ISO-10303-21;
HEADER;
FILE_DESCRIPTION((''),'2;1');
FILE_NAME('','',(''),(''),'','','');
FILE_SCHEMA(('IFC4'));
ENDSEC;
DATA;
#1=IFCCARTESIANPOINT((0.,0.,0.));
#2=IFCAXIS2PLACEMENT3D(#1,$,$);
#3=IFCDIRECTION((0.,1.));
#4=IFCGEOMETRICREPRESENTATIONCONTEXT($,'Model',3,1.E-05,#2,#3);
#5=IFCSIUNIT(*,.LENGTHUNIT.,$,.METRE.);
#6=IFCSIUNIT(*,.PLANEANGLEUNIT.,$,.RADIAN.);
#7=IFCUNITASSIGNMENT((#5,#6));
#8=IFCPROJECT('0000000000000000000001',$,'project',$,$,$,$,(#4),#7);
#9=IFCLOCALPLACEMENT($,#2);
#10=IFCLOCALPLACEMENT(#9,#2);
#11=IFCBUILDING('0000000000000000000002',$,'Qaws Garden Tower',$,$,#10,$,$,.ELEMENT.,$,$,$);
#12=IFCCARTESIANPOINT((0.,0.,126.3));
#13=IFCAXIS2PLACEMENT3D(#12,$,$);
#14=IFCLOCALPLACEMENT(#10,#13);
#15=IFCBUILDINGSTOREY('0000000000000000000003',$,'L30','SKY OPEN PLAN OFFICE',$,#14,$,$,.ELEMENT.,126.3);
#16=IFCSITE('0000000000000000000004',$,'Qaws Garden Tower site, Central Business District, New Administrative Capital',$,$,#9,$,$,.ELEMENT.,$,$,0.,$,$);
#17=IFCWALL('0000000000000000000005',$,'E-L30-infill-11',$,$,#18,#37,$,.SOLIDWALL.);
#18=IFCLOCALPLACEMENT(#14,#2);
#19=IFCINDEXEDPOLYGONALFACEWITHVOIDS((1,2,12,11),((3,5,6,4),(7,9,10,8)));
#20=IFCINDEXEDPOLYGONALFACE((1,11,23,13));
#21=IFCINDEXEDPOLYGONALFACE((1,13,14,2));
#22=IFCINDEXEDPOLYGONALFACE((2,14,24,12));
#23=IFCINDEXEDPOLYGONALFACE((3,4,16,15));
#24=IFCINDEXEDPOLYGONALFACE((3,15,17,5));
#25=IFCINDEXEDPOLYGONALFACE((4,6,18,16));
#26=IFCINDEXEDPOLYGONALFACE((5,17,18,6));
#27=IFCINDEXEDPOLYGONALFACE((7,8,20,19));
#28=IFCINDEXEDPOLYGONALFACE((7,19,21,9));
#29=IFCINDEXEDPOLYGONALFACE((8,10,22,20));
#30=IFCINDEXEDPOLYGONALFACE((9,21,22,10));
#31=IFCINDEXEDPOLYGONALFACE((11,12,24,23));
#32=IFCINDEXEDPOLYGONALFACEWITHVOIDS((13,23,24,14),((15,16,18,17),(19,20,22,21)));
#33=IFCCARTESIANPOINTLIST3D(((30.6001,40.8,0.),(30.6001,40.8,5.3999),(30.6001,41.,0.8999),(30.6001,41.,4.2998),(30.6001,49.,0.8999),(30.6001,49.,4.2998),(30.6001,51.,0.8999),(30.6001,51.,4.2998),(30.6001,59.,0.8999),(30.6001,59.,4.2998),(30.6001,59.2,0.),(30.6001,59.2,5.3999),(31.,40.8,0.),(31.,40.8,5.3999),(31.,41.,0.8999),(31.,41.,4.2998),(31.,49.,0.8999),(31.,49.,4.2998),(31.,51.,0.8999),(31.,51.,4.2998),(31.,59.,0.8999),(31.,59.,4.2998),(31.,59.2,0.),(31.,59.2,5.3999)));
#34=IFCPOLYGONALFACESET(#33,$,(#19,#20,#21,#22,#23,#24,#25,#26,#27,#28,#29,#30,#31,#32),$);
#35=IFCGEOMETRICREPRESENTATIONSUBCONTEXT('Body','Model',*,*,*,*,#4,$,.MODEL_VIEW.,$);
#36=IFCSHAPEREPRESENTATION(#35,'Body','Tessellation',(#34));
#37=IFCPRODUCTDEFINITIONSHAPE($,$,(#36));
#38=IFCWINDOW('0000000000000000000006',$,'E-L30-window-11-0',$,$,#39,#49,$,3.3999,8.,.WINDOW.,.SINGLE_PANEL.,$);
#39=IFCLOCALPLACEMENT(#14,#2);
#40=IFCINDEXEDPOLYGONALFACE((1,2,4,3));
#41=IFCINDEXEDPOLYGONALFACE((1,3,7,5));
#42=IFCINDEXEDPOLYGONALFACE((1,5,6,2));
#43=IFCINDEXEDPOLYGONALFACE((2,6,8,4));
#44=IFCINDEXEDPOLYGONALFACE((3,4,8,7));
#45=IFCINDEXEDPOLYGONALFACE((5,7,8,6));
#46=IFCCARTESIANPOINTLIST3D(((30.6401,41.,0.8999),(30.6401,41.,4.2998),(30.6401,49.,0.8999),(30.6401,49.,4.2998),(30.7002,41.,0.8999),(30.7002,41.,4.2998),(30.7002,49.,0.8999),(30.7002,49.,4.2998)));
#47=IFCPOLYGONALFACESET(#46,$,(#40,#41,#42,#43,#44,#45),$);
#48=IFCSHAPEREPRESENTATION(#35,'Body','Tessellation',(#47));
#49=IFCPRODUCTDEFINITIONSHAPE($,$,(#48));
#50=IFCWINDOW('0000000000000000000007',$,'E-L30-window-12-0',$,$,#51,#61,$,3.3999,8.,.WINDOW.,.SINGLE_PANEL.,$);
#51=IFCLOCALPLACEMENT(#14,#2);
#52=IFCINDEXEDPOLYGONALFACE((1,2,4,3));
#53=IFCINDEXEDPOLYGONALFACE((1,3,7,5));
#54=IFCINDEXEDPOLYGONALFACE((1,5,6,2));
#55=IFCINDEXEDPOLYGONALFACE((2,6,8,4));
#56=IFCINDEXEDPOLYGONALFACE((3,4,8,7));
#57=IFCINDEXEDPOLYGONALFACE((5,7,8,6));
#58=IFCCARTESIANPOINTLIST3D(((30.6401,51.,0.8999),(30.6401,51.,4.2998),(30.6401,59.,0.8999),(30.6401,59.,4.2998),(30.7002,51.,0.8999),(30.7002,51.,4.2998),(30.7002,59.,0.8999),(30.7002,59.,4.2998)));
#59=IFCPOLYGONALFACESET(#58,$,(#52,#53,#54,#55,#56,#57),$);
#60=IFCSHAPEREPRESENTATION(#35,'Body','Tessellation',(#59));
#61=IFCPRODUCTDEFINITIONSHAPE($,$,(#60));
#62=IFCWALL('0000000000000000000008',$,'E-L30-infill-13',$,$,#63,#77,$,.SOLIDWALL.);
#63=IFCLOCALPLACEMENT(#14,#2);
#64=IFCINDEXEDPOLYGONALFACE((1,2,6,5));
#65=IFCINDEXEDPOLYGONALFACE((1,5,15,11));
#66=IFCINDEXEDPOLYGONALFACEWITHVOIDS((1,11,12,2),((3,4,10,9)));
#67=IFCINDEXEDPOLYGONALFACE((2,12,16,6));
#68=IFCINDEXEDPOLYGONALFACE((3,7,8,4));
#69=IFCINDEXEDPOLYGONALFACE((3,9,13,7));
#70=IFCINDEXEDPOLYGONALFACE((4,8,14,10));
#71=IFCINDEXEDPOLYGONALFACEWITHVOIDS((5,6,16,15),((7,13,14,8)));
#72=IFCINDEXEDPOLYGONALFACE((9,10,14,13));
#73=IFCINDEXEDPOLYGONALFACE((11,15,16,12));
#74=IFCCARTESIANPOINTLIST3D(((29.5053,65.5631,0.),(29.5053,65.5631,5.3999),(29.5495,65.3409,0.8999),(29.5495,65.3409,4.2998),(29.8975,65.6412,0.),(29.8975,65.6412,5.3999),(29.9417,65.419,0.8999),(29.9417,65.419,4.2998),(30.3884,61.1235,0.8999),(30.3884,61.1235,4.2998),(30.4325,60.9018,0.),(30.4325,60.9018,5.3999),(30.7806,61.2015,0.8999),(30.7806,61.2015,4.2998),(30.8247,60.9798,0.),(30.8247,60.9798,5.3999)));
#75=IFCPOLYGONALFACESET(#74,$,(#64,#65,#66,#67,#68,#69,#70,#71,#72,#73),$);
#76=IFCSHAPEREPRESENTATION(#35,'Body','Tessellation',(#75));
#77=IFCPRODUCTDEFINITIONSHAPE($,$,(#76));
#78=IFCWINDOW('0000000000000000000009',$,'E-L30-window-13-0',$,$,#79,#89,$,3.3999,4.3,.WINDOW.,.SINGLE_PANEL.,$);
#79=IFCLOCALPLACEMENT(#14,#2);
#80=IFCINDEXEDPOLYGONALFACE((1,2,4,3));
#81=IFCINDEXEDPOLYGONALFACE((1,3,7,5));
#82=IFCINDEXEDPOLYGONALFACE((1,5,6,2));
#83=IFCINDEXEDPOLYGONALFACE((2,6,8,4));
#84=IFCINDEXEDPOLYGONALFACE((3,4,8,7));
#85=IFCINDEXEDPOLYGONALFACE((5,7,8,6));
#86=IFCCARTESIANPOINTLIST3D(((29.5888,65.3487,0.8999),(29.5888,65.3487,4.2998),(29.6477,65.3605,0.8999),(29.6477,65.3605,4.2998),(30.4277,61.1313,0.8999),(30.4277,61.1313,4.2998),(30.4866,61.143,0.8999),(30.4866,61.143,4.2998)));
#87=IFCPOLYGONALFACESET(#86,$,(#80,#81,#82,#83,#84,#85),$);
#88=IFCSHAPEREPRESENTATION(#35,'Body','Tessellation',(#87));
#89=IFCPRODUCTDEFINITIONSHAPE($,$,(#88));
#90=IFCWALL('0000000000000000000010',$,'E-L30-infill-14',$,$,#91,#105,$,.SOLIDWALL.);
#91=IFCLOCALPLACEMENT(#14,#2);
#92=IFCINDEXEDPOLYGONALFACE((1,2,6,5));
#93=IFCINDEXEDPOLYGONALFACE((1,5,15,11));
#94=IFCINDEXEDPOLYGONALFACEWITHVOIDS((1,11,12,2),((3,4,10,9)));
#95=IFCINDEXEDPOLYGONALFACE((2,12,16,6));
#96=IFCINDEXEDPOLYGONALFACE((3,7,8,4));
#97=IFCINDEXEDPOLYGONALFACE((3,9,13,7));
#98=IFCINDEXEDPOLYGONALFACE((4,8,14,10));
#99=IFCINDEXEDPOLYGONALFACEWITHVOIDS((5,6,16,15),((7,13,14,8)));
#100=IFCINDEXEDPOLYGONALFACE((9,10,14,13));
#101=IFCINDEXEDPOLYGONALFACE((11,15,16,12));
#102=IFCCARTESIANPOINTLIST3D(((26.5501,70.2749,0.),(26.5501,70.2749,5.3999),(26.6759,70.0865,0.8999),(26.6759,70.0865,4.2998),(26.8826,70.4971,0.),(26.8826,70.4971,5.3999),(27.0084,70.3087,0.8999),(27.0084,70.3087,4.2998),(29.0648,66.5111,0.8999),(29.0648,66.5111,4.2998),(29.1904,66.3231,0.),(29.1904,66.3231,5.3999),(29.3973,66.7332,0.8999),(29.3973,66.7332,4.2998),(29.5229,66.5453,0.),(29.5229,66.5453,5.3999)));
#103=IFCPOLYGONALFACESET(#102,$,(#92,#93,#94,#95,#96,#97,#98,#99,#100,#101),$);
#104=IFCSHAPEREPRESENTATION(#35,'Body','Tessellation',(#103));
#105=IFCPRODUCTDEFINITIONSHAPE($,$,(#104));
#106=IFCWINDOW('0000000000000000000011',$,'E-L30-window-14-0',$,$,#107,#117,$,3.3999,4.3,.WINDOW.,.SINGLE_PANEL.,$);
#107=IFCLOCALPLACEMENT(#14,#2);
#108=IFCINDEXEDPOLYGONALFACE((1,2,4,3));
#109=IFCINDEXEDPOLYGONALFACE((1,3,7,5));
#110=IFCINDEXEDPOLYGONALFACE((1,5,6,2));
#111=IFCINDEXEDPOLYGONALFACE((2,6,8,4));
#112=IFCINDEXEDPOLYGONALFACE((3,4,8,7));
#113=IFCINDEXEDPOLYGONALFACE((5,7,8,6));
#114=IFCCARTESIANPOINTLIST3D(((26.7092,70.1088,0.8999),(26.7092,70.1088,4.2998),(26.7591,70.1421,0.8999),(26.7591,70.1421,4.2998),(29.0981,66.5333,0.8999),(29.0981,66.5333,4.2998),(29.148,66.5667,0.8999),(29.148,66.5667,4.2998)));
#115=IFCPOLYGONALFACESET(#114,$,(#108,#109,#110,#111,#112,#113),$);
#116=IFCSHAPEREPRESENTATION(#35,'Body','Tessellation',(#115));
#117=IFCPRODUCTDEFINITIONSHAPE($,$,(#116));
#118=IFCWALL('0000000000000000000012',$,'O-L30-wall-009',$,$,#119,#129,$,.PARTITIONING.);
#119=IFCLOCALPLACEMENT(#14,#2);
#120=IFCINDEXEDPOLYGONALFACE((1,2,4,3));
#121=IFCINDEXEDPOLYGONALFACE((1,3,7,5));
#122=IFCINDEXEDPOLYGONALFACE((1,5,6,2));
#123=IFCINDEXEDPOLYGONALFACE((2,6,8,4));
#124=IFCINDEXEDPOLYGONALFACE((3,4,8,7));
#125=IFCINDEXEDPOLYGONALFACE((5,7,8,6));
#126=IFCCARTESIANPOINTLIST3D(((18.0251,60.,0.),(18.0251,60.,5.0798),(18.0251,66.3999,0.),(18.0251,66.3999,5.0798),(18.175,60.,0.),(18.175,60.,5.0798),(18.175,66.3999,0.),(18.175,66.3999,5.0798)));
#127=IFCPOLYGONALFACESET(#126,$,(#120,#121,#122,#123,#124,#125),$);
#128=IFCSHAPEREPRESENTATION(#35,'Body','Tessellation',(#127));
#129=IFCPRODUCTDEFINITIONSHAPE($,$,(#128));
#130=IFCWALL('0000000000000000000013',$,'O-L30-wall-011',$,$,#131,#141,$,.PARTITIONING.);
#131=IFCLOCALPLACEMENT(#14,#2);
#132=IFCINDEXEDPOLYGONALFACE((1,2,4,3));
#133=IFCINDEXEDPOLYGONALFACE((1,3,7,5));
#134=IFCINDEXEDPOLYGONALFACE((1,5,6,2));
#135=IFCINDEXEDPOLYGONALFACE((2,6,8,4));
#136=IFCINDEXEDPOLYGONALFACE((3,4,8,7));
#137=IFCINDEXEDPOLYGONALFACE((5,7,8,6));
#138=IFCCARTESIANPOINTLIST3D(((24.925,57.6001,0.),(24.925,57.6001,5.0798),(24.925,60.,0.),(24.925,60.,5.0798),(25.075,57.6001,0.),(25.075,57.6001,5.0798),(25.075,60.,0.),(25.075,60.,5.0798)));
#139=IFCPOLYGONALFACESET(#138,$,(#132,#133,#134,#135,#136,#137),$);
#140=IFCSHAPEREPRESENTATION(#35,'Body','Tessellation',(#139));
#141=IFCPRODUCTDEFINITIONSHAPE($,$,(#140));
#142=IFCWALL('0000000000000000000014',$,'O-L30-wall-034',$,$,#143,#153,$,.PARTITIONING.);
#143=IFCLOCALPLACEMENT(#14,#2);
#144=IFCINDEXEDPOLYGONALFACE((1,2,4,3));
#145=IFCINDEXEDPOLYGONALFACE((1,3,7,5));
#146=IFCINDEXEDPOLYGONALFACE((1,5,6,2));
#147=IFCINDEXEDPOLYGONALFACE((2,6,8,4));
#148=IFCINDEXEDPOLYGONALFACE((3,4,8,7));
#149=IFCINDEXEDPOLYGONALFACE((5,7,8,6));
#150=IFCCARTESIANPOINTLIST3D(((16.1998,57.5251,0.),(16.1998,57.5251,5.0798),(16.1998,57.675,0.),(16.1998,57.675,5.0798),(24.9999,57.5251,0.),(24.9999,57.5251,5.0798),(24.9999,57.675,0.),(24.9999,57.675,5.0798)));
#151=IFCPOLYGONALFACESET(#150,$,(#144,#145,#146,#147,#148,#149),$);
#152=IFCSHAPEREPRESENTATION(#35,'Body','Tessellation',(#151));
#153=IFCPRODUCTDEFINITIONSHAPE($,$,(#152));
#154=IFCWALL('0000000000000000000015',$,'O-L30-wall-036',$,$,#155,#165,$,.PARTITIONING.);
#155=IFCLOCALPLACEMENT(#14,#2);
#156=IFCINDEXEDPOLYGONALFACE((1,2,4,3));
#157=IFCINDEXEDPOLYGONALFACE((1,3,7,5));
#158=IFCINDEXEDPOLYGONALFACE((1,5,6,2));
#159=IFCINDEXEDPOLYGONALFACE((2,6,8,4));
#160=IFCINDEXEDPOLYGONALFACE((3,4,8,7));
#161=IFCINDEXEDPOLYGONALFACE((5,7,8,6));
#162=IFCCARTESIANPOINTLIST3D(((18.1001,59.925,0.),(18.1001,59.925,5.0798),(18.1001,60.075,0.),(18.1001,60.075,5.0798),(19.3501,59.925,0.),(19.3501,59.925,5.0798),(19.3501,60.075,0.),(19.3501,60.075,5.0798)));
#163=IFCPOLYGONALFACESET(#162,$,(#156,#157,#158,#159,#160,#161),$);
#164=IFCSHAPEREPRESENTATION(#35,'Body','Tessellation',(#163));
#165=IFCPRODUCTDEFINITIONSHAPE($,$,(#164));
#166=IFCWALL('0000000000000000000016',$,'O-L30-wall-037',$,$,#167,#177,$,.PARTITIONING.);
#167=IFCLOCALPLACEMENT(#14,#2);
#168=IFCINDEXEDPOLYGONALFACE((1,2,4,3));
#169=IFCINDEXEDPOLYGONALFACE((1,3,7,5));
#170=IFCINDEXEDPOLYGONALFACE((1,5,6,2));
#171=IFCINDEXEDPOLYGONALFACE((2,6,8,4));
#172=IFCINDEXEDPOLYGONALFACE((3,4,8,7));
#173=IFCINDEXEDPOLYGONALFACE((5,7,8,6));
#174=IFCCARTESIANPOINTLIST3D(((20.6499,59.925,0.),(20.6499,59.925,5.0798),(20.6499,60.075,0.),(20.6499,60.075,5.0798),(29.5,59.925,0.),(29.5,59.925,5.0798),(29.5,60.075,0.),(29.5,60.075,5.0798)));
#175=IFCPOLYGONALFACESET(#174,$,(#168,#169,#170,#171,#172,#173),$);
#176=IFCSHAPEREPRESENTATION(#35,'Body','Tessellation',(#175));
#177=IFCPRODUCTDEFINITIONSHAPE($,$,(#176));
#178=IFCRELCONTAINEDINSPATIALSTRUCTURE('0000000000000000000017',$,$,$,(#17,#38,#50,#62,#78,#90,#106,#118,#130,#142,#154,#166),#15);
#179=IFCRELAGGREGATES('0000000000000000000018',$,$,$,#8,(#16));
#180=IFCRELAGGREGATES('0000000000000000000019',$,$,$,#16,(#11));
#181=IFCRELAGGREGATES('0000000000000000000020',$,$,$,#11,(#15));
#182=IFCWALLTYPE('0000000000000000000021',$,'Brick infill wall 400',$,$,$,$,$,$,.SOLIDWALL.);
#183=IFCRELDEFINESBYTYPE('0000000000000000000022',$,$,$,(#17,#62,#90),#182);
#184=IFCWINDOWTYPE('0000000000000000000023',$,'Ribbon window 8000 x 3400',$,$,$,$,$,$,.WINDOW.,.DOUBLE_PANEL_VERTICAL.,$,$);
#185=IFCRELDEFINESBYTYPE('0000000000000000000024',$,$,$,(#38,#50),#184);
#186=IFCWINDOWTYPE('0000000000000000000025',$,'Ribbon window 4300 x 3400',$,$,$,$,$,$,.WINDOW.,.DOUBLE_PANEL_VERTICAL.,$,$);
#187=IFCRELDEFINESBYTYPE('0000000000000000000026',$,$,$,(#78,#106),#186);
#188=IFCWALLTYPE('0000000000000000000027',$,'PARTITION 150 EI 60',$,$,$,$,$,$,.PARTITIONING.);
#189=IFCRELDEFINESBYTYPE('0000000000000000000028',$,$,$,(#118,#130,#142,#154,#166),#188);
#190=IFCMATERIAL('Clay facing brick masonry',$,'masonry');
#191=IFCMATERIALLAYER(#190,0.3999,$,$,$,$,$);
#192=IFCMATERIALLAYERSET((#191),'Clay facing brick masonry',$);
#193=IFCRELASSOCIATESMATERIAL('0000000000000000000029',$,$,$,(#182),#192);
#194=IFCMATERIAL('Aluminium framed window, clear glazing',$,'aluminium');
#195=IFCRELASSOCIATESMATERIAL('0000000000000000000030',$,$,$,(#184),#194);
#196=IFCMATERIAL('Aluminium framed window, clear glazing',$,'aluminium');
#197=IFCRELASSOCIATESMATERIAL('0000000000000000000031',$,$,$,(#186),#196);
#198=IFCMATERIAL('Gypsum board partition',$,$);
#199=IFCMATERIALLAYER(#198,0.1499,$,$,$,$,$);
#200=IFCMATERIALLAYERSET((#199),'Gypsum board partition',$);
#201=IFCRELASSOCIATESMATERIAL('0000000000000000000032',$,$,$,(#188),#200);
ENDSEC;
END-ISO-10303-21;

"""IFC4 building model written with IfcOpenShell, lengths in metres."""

from ifc_helpers import new_model, si_unit, direction, frame, frame_2d, origin, place, context, subcontext, project, spatial, rectangle, extrude, material, layer, layer_set, type_object, element, fill, save


model = new_model("IFC4")

# Units and contexts
model_context = context("Model", 3, precision=1e-05, world=origin(), true_north=direction((0.0, 1.0)))
body_context = subcontext(model_context, "Body", "Model", "MODEL_VIEW")
ifc_project = project(units=[si_unit("LENGTHUNIT", "METRE"), si_unit("PLANEANGLEUNIT", "RADIAN")], contexts=[model_context])

# Site, building, storey
site_placement = place(None, origin())
site = spatial("IfcSite", under=ifc_project, at=site_placement, Name="Qaws Garden Tower site, Central Business District, New Administrative Capital", CompositionType="ELEMENT", RefElevation=0.0)
building_placement = place(site_placement, origin())
building = spatial("IfcBuilding", under=site, at=building_placement, Name="Qaws Garden Tower", CompositionType="ELEMENT")
storey_placement = place(building_placement, frame((0.0, 0.0, 126.3)))
storey = spatial("IfcBuildingStorey", under=building, at=storey_placement, Name="L30", Description="SKY OPEN PLAN OFFICE", CompositionType="ELEMENT", Elevation=126.3)

# Wall, openings, windows
ifc_material_1 = material(Name="Clay facing brick masonry", Category="masonry")
ifc_layer_1 = layer(ifc_material_1, 0.3999)
ifc_layer_set_1 = layer_set([ifc_layer_1], Name="Clay facing brick masonry")
wall_type_1 = type_object("IfcWallType", Name="Brick infill wall 400", PredefinedType="SOLIDWALL", material=ifc_layer_set_1)
wall_1_placement = place(storey_placement, frame((30.8, 40.8, 0.0), z_axis=(0.0, 0.0, 1.0), x_axis=(0.0, 1.0, 0.0)))
wall_1 = element("IfcWall", 1, at=wall_1_placement, inside=storey, type_object=wall_type_1, Name="E-L30-infill-11", PredefinedType="SOLIDWALL", context=body_context, shape_type="SweptSolid", body=[
    extrude(rectangle(XDim=18.3999, YDim=0.3999, at=frame_2d((9.2, 0.0))), origin(), (0.0, 0.0, 1.0), 5.3999),
])
opening_1_placement = place(wall_1_placement, frame((0.2, 0.0, 0.8999)))
opening_1 = element("IfcOpeningElement", 2, at=opening_1_placement, cuts=wall_1, PredefinedType="OPENING", context=body_context, shape_type="SweptSolid", body=[
    extrude(rectangle(XDim=8.0, YDim=3.3999, at=frame_2d((4.0, 1.7))), frame((0.0, 0.21, 0.0), z_axis=(0.0, -1.0, 0.0), x_axis=(1.0, 0.0, 0.0)), (0.0, 0.0, 1.0), 0.4199),
])
opening_2_placement = place(wall_1_placement, frame((10.2, 0.0, 0.8999)))
opening_2 = element("IfcOpeningElement", 3, at=opening_2_placement, cuts=wall_1, PredefinedType="OPENING", context=body_context, shape_type="SweptSolid", body=[
    extrude(rectangle(XDim=8.0, YDim=3.3999, at=frame_2d((4.0, 1.7))), frame((0.0, 0.21, 0.0), z_axis=(0.0, -1.0, 0.0), x_axis=(1.0, 0.0, 0.0)), (0.0, 0.0, 1.0), 0.4199),
])
ifc_material_2 = material(Name="Aluminium framed window, clear glazing", Category="aluminium")
window_type_1 = type_object("IfcWindowType", Name="Ribbon window 8000 x 3400", PartitioningType="DOUBLE_PANEL_VERTICAL", PredefinedType="WINDOW", material=ifc_material_2)
window_1_placement = place(opening_1_placement, origin())
window_1 = element("IfcWindow", 4, at=window_1_placement, inside=storey, type_object=window_type_1, Name="E-L30-window-11-0", OverallHeight=3.3999, OverallWidth=8.0, PartitioningType="SINGLE_PANEL", PredefinedType="WINDOW", context=body_context, shape_type="SweptSolid", body=[
    extrude(rectangle(XDim=8.0, YDim=3.3999, at=frame_2d((4.0, 1.7))), frame((0.0, 0.1599, 0.0), z_axis=(0.0, -1.0, 0.0), x_axis=(1.0, 0.0, 0.0)), (0.0, 0.0, 1.0), 0.0601),
])
fill(opening_1, window_1)
window_2_placement = place(opening_2_placement, origin())
window_2 = element("IfcWindow", 5, at=window_2_placement, inside=storey, type_object=window_type_1, Name="E-L30-window-12-0", OverallHeight=3.3999, OverallWidth=8.0, PartitioningType="SINGLE_PANEL", PredefinedType="WINDOW", context=body_context, shape_type="SweptSolid", body=[
    extrude(rectangle(XDim=8.0, YDim=3.3999, at=frame_2d((4.0, 1.7))), frame((0.0, 0.1599, 0.0), z_axis=(0.0, -1.0, 0.0), x_axis=(1.0, 0.0, 0.0)), (0.0, 0.0, 1.0), 0.0601),
])
fill(opening_2, window_2)

# Walls, openings, windows
wall_2_placement = place(storey_placement, frame((30.6287, 60.9407, 0.0), z_axis=(0.0, 0.0, 1.0), x_axis=(-0.195099, 0.980784, 0.0)))
wall_2 = element("IfcWall", 6, at=wall_2_placement, inside=storey, type_object=wall_type_1, Name="E-L30-infill-13", PredefinedType="SOLIDWALL", context=body_context, shape_type="SweptSolid", body=[
    extrude(rectangle(XDim=4.7527, YDim=0.3999, at=frame_2d((2.3765, 0.0))), origin(), (0.0, 0.0, 1.0), 5.3999),
])
opening_3_placement = place(wall_2_placement, frame((0.2263, 0.0, 0.8999)))
opening_3 = element("IfcOpeningElement", 7, at=opening_3_placement, cuts=wall_2, PredefinedType="OPENING", context=body_context, shape_type="SweptSolid", body=[
    extrude(rectangle(XDim=4.3, YDim=3.3999, at=frame_2d((2.1499, 1.7))), frame((0.0, 0.21, 0.0), z_axis=(0.0, -1.0, 0.0), x_axis=(1.0, 0.0, 0.0)), (0.0, 0.0, 1.0), 0.4199),
])
ifc_material_3 = material(Name="Aluminium framed window, clear glazing", Category="aluminium")
window_type_2 = type_object("IfcWindowType", Name="Ribbon window 4300 x 3400", PartitioningType="DOUBLE_PANEL_VERTICAL", PredefinedType="WINDOW", material=ifc_material_3)
window_3_placement = place(opening_3_placement, origin())
window_3 = element("IfcWindow", 8, at=window_3_placement, inside=storey, type_object=window_type_2, Name="E-L30-window-13-0", OverallHeight=3.3999, OverallWidth=4.3, PartitioningType="SINGLE_PANEL", PredefinedType="WINDOW", context=body_context, shape_type="SweptSolid", body=[
    extrude(rectangle(XDim=4.3, YDim=3.3999, at=frame_2d((2.1499, 1.7))), frame((0.0, 0.1599, 0.0), z_axis=(0.0, -1.0, 0.0), x_axis=(1.0, 0.0, 0.0)), (0.0, 0.0, 1.0), 0.0601),
])
fill(opening_3, window_3)
wall_3_placement = place(storey_placement, frame((29.3567, 66.4341, 0.0), z_axis=(0.0, 0.0, 1.0), x_axis=(-0.555542, 0.831489, 0.0)))
wall_3 = element("IfcWall", 9, at=wall_3_placement, inside=storey, type_object=wall_type_1, Name="E-L30-infill-14", PredefinedType="SOLIDWALL", context=body_context, shape_type="SweptSolid", body=[
    extrude(rectangle(XDim=4.7527, YDim=0.3999, at=frame_2d((2.3765, 0.0))), origin(), (0.0, 0.0, 1.0), 5.3999),
])
opening_4_placement = place(wall_3_placement, frame((0.2263, 0.0, 0.8999)))
opening_4 = element("IfcOpeningElement", 10, at=opening_4_placement, cuts=wall_3, PredefinedType="OPENING", context=body_context, shape_type="SweptSolid", body=[
    extrude(rectangle(XDim=4.3, YDim=3.3999, at=frame_2d((2.1499, 1.7))), frame((0.0, 0.21, 0.0), z_axis=(0.0, -1.0, 0.0), x_axis=(1.0, 0.0, 0.0)), (0.0, 0.0, 1.0), 0.4199),
])
window_4_placement = place(opening_4_placement, origin())
window_4 = element("IfcWindow", 11, at=window_4_placement, inside=storey, type_object=window_type_2, Name="E-L30-window-14-0", OverallHeight=3.3999, OverallWidth=4.3, PartitioningType="SINGLE_PANEL", PredefinedType="WINDOW", context=body_context, shape_type="SweptSolid", body=[
    extrude(rectangle(XDim=4.3, YDim=3.3999, at=frame_2d((2.1499, 1.7))), frame((0.0, 0.1599, 0.0), z_axis=(0.0, -1.0, 0.0), x_axis=(1.0, 0.0, 0.0)), (0.0, 0.0, 1.0), 0.0601),
])
fill(opening_4, window_4)

# Walls
ifc_material_4 = material(Name="Gypsum board partition")
ifc_layer_2 = layer(ifc_material_4, 0.1499)
ifc_layer_set_2 = layer_set([ifc_layer_2], Name="Gypsum board partition")
wall_type_2 = type_object("IfcWallType", Name="PARTITION 150 EI 60", PredefinedType="PARTITIONING", material=ifc_layer_set_2)
wall_4_placement = place(storey_placement, frame((18.1001, 60.0, 0.0), z_axis=(0.0, 0.0, 1.0), x_axis=(0.0, 1.0, 0.0)))
element("IfcWall", 12, at=wall_4_placement, inside=storey, type_object=wall_type_2, Name="O-L30-wall-009", PredefinedType="PARTITIONING", context=body_context, shape_type="SweptSolid", body=[
    extrude(rectangle(XDim=6.3999, YDim=0.1499, at=frame_2d((3.2, 0.0))), origin(), (0.0, 0.0, 1.0), 5.0798),
])
wall_5_placement = place(storey_placement, frame((25.0, 57.6001, 0.0), z_axis=(0.0, 0.0, 1.0), x_axis=(0.0, 1.0, 0.0)))
element("IfcWall", 13, at=wall_5_placement, inside=storey, type_object=wall_type_2, Name="O-L30-wall-011", PredefinedType="PARTITIONING", context=body_context, shape_type="SweptSolid", body=[
    extrude(rectangle(XDim=2.3999, YDim=0.1499, at=frame_2d((1.2, 0.0))), origin(), (0.0, 0.0, 1.0), 5.0798),
])
wall_6_placement = place(storey_placement, frame((16.2, 57.6001, 0.0), z_axis=(0.0, 0.0, 1.0), x_axis=(1.0, 0.0, 0.0)))
element("IfcWall", 14, at=wall_6_placement, inside=storey, type_object=wall_type_2, Name="O-L30-wall-034", PredefinedType="PARTITIONING", context=body_context, shape_type="SweptSolid", body=[
    extrude(rectangle(XDim=8.8, YDim=0.1499, at=frame_2d((4.3999, 0.0))), origin(), (0.0, 0.0, 1.0), 5.0798),
])
wall_7_placement = place(storey_placement, frame((18.1001, 60.0, 0.0), z_axis=(0.0, 0.0, 1.0), x_axis=(1.0, 0.0, 0.0)))
element("IfcWall", 15, at=wall_7_placement, inside=storey, type_object=wall_type_2, Name="O-L30-wall-036", PredefinedType="PARTITIONING", context=body_context, shape_type="SweptSolid", body=[
    extrude(rectangle(XDim=1.25, YDim=0.1499, at=frame_2d((0.625, 0.0))), origin(), (0.0, 0.0, 1.0), 5.0798),
])
wall_8_placement = place(storey_placement, frame((20.6499, 60.0, 0.0), z_axis=(0.0, 0.0, 1.0), x_axis=(1.0, 0.0, 0.0)))
element("IfcWall", 16, at=wall_8_placement, inside=storey, type_object=wall_type_2, Name="O-L30-wall-037", PredefinedType="PARTITIONING", context=body_context, shape_type="SweptSolid", body=[
    extrude(rectangle(XDim=8.8501, YDim=0.1499, at=frame_2d((4.425, 0.0))), origin(), (0.0, 0.0, 1.0), 5.0798),
])

save(model, "model.ifc")
